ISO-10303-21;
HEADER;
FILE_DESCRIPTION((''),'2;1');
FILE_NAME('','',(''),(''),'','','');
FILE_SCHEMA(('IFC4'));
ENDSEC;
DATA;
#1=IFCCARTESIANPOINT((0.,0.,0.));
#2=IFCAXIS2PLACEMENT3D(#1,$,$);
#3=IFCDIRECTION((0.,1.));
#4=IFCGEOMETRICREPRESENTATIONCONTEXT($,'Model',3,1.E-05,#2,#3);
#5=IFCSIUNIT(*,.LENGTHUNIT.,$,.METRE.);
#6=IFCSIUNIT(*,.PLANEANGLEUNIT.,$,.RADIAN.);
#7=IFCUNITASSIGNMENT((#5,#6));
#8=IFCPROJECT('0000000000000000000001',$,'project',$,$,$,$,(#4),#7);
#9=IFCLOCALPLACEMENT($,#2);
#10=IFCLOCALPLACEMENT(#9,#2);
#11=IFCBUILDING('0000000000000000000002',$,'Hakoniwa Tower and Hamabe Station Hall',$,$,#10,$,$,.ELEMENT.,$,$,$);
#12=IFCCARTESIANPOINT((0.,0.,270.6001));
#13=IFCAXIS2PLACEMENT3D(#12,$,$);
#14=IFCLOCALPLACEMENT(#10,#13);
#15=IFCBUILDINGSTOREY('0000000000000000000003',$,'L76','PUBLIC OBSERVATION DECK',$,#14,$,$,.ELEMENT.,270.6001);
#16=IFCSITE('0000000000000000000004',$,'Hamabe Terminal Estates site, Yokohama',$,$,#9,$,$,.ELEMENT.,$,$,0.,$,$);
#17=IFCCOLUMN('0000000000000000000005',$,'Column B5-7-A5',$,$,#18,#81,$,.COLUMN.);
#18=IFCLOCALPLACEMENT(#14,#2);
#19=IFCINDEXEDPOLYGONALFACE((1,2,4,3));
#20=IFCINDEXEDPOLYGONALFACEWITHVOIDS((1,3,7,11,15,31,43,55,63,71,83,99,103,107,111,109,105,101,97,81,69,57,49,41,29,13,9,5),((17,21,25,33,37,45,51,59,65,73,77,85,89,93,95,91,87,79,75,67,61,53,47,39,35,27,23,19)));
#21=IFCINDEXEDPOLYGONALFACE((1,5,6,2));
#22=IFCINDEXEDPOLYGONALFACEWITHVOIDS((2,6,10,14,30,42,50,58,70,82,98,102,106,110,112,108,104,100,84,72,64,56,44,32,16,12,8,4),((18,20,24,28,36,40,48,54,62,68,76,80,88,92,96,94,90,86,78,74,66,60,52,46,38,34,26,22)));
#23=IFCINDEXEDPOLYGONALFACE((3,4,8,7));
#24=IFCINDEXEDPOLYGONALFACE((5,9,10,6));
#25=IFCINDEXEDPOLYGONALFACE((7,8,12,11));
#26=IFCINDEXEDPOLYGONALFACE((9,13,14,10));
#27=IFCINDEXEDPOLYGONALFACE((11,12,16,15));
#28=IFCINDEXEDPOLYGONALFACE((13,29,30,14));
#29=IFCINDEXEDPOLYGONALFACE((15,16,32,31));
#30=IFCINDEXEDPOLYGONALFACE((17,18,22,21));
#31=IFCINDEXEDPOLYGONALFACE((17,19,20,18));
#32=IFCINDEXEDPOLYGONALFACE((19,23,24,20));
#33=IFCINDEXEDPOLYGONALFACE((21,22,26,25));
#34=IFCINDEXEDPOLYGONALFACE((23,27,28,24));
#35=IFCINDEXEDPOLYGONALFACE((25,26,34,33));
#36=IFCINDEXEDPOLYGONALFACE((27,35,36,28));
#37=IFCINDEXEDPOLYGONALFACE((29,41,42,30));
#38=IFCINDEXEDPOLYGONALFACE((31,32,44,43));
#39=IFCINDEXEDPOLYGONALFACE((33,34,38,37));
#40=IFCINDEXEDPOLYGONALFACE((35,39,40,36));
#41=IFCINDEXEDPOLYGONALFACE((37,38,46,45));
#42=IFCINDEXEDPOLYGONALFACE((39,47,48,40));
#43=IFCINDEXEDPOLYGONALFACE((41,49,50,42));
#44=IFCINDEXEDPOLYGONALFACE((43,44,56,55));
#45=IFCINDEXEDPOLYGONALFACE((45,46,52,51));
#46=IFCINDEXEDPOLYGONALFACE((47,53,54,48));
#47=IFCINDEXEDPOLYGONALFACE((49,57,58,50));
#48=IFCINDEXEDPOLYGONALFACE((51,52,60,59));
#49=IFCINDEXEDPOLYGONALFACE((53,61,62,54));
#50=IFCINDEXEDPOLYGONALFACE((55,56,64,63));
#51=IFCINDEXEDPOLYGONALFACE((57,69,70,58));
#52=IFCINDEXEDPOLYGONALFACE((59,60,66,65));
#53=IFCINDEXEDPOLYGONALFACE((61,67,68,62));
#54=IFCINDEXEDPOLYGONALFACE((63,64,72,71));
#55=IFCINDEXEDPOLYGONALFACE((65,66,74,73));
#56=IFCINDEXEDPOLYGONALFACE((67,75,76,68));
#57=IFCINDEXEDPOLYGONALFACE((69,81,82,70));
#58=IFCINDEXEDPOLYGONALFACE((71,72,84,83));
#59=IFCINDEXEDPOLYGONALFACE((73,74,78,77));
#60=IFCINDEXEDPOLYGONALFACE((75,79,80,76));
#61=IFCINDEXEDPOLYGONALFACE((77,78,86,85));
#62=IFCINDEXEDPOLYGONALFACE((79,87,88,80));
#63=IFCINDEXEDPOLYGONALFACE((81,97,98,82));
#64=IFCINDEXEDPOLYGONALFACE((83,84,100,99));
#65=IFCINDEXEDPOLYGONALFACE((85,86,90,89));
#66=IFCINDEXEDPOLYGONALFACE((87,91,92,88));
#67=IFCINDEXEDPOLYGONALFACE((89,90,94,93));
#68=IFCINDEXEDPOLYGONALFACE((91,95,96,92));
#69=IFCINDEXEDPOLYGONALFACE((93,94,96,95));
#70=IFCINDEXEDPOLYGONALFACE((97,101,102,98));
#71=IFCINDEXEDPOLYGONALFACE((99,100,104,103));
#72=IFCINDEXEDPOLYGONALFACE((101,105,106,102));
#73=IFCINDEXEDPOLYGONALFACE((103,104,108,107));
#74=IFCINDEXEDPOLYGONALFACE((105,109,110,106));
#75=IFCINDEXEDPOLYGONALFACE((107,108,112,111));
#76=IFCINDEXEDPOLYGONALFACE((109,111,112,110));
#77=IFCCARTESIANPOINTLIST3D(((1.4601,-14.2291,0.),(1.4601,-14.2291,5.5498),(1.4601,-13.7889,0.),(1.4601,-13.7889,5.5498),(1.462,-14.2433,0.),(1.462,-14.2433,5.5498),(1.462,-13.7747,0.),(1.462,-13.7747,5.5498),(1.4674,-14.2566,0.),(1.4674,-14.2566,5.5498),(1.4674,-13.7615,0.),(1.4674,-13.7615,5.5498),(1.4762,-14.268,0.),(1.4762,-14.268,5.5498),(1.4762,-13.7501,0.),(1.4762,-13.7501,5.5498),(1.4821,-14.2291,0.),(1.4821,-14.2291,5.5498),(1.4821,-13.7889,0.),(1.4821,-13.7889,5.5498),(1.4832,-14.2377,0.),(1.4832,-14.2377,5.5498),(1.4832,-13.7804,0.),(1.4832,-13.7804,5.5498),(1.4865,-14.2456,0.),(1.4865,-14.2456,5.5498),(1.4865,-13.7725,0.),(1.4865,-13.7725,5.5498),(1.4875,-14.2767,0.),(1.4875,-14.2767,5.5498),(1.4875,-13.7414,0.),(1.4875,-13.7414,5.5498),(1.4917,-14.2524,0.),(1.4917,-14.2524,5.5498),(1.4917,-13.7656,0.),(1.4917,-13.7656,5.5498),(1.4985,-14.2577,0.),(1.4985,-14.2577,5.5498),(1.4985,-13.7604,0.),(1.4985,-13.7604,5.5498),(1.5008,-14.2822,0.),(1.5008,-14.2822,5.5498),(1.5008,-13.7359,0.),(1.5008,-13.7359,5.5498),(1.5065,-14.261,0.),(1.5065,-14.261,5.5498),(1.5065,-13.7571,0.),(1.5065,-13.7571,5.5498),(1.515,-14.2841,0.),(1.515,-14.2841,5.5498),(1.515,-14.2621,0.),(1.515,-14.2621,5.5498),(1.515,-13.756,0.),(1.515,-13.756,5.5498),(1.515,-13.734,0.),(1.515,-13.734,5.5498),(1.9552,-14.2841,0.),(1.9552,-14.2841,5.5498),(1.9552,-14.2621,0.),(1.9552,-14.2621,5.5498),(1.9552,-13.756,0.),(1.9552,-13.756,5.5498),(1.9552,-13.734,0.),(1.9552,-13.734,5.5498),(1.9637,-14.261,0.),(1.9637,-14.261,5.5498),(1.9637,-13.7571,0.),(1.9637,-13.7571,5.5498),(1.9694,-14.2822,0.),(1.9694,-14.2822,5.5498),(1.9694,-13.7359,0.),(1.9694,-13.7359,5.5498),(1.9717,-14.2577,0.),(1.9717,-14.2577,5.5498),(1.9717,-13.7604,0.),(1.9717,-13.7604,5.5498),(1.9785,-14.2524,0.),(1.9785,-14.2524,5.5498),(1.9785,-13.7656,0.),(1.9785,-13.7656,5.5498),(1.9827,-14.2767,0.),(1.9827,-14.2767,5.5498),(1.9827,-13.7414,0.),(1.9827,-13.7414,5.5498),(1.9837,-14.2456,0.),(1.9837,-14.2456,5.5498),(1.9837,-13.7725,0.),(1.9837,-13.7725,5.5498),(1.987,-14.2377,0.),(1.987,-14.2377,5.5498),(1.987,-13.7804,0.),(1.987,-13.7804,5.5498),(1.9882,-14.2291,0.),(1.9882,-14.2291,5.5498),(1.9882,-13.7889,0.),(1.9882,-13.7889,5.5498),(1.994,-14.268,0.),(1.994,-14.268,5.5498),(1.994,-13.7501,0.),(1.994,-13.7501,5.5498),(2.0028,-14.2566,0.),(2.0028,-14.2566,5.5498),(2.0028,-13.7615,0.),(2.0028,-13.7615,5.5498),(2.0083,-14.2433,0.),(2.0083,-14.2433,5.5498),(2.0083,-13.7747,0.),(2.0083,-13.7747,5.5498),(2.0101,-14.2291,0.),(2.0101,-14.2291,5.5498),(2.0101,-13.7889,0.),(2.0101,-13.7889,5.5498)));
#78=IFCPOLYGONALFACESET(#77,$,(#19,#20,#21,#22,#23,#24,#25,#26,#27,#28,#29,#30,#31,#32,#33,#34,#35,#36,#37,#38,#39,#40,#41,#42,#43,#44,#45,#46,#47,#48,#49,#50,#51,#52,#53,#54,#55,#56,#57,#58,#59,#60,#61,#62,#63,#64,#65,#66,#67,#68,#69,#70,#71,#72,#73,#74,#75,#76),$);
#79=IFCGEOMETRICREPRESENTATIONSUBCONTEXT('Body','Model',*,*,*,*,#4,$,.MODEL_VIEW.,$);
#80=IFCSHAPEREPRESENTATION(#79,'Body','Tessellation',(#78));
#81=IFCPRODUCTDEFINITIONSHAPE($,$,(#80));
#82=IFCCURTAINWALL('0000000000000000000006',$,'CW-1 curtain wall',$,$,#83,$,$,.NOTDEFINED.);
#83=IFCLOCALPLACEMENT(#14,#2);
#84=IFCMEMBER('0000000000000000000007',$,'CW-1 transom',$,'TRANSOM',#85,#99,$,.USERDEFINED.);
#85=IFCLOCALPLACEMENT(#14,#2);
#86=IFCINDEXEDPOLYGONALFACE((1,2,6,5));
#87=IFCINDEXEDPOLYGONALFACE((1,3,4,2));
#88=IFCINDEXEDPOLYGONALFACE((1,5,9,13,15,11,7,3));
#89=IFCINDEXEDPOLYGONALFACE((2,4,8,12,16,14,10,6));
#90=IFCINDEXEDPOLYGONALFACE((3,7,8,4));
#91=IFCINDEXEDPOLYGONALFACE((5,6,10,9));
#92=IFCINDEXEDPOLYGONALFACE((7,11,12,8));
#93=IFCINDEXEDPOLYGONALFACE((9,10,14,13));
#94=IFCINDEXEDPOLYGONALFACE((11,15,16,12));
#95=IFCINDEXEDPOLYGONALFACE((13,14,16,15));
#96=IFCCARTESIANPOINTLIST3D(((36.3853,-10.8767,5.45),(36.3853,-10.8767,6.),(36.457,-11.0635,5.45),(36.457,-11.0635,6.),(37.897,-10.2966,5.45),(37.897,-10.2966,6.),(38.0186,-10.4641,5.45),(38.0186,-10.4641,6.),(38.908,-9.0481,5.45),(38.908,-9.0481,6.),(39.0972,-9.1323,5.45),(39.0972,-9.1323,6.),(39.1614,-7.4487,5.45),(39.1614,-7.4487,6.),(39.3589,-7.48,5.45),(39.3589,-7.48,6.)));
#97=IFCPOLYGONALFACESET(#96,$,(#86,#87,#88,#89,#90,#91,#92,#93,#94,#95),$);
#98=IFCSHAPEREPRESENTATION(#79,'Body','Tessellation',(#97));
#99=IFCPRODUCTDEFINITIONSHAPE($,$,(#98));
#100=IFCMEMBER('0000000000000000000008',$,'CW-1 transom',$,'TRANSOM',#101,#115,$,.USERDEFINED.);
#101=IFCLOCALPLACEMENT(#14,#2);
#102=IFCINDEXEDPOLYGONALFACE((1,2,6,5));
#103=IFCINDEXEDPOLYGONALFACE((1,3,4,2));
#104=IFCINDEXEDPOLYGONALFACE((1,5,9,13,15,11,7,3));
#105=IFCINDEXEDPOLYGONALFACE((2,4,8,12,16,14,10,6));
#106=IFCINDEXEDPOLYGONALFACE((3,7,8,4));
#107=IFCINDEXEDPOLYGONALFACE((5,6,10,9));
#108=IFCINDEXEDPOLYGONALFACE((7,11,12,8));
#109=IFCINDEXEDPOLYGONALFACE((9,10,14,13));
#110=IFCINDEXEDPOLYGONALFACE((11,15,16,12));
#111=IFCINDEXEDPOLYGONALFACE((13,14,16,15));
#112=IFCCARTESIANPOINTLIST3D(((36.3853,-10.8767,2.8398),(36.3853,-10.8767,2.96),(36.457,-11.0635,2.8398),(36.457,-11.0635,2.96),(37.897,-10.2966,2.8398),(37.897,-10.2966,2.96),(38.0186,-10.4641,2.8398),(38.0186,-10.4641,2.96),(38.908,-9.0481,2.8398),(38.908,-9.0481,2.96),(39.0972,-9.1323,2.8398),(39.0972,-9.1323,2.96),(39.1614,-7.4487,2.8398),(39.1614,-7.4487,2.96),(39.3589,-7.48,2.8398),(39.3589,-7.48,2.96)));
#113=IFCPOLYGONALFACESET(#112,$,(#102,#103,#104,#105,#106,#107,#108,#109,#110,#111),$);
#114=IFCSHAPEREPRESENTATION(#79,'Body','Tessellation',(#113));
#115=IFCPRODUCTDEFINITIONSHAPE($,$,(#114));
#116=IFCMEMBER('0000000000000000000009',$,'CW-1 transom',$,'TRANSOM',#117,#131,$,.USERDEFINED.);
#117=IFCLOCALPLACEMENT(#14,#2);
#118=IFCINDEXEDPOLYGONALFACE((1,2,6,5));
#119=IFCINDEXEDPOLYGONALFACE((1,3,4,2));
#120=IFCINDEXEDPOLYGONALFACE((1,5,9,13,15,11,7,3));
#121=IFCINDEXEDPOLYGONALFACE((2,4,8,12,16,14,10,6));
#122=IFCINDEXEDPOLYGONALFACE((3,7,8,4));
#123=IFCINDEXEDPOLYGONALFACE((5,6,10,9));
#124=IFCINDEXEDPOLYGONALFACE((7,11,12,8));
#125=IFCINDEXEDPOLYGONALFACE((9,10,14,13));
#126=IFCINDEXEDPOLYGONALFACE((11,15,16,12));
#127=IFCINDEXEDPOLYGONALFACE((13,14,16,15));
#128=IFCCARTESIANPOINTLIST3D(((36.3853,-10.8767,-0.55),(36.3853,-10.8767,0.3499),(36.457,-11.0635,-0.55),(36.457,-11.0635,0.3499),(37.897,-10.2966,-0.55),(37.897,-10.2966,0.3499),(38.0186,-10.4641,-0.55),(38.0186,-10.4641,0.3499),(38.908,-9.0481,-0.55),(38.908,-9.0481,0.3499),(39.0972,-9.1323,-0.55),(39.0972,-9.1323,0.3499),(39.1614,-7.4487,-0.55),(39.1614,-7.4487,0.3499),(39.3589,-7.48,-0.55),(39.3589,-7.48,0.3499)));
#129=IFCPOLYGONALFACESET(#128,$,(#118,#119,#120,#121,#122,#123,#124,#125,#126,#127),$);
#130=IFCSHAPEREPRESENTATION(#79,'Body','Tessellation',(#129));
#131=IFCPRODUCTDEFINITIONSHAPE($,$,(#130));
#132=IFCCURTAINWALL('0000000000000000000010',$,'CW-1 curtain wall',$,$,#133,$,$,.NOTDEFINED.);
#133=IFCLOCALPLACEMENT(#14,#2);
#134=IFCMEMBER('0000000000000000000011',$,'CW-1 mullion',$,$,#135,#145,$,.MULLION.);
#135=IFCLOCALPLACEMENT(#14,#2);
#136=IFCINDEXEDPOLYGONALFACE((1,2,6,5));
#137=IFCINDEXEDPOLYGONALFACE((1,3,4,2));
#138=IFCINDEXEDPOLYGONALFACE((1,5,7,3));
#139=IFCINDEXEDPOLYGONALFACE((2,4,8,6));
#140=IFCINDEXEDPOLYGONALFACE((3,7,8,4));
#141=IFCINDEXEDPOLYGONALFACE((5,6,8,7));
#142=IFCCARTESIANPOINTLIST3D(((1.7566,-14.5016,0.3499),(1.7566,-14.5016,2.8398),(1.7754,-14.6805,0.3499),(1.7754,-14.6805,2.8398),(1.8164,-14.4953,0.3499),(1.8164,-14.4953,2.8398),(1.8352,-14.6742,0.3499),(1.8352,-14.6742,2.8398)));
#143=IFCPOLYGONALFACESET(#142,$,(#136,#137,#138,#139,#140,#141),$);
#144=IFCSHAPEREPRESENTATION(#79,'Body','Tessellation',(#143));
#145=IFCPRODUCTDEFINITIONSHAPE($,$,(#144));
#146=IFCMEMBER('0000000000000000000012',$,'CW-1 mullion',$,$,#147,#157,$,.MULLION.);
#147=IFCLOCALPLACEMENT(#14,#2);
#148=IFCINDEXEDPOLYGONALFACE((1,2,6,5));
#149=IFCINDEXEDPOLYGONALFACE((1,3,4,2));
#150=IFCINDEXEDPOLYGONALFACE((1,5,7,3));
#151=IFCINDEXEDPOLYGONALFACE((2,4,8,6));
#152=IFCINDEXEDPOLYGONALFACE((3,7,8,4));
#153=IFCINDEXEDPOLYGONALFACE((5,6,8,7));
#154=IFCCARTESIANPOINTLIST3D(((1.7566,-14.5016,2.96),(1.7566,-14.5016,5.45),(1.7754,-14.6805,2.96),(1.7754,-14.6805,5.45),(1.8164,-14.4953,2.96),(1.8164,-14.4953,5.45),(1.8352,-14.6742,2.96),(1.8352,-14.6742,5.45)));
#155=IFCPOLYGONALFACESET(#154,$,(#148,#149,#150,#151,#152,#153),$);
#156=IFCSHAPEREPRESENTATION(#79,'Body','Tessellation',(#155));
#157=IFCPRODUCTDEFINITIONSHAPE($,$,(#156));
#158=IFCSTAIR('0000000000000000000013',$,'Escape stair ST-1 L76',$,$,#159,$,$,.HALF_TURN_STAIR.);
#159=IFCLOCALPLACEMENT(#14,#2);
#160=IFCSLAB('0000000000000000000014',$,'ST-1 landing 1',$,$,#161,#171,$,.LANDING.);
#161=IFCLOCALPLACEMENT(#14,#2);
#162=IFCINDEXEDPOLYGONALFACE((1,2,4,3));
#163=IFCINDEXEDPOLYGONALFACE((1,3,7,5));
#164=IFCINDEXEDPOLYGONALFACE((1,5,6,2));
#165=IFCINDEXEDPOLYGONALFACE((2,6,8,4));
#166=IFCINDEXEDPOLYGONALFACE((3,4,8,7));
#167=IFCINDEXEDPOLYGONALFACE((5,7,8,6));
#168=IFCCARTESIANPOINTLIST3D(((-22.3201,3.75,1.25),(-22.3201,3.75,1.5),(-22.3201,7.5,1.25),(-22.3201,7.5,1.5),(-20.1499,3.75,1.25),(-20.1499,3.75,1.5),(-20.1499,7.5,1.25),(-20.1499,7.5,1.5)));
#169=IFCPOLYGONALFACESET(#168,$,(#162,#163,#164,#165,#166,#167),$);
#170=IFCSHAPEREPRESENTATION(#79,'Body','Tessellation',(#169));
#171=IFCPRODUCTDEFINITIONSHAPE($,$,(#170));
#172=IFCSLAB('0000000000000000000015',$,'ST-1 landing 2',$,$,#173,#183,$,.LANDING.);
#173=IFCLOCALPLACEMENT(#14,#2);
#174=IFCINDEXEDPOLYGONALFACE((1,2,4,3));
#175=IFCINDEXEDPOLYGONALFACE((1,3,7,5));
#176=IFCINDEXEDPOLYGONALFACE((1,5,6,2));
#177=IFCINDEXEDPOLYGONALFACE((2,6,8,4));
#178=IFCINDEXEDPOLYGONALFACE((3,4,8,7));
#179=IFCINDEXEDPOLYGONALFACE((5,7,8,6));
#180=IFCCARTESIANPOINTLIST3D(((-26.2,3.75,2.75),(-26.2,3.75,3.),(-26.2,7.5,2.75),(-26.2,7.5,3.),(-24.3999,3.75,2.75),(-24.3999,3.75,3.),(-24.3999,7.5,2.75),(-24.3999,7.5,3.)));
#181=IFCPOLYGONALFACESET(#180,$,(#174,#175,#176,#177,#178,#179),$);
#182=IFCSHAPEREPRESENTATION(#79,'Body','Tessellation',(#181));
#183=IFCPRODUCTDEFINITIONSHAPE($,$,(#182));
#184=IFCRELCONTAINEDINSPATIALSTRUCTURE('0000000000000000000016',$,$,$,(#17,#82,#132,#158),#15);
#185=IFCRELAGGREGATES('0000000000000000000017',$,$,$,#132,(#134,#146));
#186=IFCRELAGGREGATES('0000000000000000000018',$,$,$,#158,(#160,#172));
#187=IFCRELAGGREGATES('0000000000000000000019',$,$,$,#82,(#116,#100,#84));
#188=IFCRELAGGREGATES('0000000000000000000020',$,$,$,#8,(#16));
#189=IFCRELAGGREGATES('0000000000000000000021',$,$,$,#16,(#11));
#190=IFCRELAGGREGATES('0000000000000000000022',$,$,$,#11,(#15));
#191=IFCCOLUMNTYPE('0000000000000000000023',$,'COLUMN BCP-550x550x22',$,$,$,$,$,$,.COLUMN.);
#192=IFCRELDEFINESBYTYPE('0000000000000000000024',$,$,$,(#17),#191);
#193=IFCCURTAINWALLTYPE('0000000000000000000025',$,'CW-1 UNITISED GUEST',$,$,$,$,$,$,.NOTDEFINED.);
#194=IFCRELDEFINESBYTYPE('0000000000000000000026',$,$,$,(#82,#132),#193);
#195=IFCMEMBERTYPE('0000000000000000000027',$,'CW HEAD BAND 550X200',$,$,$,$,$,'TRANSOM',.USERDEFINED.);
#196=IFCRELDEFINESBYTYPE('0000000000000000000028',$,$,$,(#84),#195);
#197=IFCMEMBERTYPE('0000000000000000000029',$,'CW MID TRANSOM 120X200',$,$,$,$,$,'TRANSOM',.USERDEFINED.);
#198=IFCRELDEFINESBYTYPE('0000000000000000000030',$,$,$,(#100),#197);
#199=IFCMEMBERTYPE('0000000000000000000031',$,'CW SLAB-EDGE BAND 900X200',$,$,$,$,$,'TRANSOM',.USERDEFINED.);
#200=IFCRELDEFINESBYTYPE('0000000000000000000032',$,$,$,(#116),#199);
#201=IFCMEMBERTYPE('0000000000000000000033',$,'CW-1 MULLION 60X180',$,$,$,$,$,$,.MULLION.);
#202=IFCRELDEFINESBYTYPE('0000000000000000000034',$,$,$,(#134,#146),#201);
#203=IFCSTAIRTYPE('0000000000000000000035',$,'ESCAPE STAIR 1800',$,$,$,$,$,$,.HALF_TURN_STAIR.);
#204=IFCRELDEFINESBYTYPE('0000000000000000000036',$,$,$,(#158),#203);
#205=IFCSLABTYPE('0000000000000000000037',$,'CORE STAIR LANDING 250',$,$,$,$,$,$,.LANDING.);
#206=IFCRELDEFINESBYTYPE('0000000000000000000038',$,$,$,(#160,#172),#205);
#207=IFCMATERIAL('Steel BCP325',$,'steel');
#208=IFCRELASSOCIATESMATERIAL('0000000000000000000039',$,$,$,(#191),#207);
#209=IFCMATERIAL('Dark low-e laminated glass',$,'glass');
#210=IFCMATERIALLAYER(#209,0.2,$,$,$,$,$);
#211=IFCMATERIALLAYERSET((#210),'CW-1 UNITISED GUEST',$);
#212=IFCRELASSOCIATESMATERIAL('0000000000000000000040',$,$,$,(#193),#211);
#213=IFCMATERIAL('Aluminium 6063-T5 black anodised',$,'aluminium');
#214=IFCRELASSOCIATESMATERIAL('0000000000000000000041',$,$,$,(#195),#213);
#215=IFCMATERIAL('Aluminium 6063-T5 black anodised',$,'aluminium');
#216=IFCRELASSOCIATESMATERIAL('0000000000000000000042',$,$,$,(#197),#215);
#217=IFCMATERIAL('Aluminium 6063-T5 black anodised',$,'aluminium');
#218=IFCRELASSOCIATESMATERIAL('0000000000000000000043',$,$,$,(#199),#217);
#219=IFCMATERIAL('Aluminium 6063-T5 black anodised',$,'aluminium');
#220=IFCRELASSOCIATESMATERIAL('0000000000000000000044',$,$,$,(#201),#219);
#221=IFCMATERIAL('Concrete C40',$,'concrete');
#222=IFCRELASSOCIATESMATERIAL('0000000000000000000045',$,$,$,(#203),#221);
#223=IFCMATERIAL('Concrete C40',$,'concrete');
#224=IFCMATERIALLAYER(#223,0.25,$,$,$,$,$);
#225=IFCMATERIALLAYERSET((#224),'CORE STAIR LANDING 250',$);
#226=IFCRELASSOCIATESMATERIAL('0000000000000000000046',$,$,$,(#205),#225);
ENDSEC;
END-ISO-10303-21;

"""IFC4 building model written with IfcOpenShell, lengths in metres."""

from ifc_helpers import new_model, si_unit, direction, frame, origin, origin_2d, place, context, subcontext, project, spatial, polyline, rectangle, hollow_rectangle, outline, extrude, material, layer, layer_set, material_profile, profile_set, type_object, element, aggregate, save


model = new_model("IFC4")

# Units and contexts
model_context = context("Model", 3, precision=1e-05, world=origin(), true_north=direction((0.0, 1.0)))
body_context = subcontext(model_context, "Body", "Model", "MODEL_VIEW")
ifc_project = project(units=[si_unit("LENGTHUNIT", "METRE"), si_unit("PLANEANGLEUNIT", "RADIAN")], contexts=[model_context])

# Site, building, storey
site_placement = place(None, origin())
site = spatial("IfcSite", under=ifc_project, at=site_placement, Name="Hamabe Terminal Estates site, Yokohama", CompositionType="ELEMENT", RefElevation=0.0)
building_placement = place(site_placement, origin())
building = spatial("IfcBuilding", under=site, at=building_placement, Name="Hakoniwa Tower and Hamabe Station Hall", CompositionType="ELEMENT")
storey_placement = place(building_placement, frame((0.0, 0.0, 270.6001)))
storey = spatial("IfcBuildingStorey", under=building, at=storey_placement, Name="L76", Description="PUBLIC OBSERVATION DECK", CompositionType="ELEMENT", Elevation=270.6001)

# Column
ifc_material_1 = material(Name="Steel BCP325", Category="steel")
ifc_material_profile_1 = material_profile(ifc_material_1, hollow_rectangle(XDim=0.55, YDim=0.55, WallThickness=0.022, InnerFilletRadius=0.033, OuterFilletRadius=0.0549, at=origin_2d()), Name="BCP-550x550x22")
ifc_profile_set_1 = profile_set([ifc_material_profile_1], Name="Steel BCP325")
column_type = type_object("IfcColumnType", Name="COLUMN BCP-550x550x22", PredefinedType="COLUMN", material=ifc_profile_set_1)
column_placement = place(storey_placement, frame((1.7351, -14.009, 0.0), z_axis=(0.0, 0.0, 1.0), x_axis=(1.0, 0.0, 0.0)))
element("IfcColumn", 1, at=column_placement, inside=storey, type_object=column_type, Name="Column B5-7-A5", PredefinedType="COLUMN", context=body_context, shape_type="SweptSolid", body=[
    extrude(hollow_rectangle(XDim=0.55, YDim=0.55, WallThickness=0.022, InnerFilletRadius=0.033, OuterFilletRadius=0.0549, at=origin_2d()), origin(), (0.0, 0.0, 1.0), 5.5498),
])

# Curtain walls, members
ifc_material_2 = material(Name="Dark low-e laminated glass", Category="glass")
ifc_layer_1 = layer(ifc_material_2, 0.2)
ifc_layer_set_1 = layer_set([ifc_layer_1], Name="CW-1 UNITISED GUEST")
curtain_wall_type = type_object("IfcCurtainWallType", Name="CW-1 UNITISED GUEST", PredefinedType="NOTDEFINED", material=ifc_layer_set_1)
curtain_wall_1_placement = place(storey_placement, origin())
curtain_wall_1 = element("IfcCurtainWall", 2, at=curtain_wall_1_placement, inside=storey, type_object=curtain_wall_type, Name="CW-1 curtain wall", PredefinedType="NOTDEFINED")
ifc_material_3 = material(Name="Aluminium 6063-T5 black anodised", Category="aluminium")
ifc_material_profile_2 = material_profile(ifc_material_3, rectangle(XDim=0.2, YDim=0.55, at=origin_2d()), Name="CW HEAD BAND 550X200")
ifc_profile_set_2 = profile_set([ifc_material_profile_2], Name="Aluminium 6063-T5 black anodised")
member_type_1 = type_object("IfcMemberType", Name="CW HEAD BAND 550X200", ElementType="TRANSOM", PredefinedType="USERDEFINED", material=ifc_profile_set_2)
member_1_placement = place(storey_placement, frame((0.0, 0.0, 5.45)))
member_1 = element("IfcMember", 3, at=member_1_placement, type_object=member_type_1, Name="CW-1 transom", ObjectType="TRANSOM", PredefinedType="USERDEFINED", context=body_context, shape_type="SweptSolid", body=[
    extrude(outline(polyline([(36.457, -11.0635), (38.0186, -10.4641), (39.0972, -9.1323), (39.3589, -7.48), (39.1614, -7.4487), (38.908, -9.0481), (37.897, -10.2966), (36.3853, -10.8767), (36.457, -11.0635)])), origin(), (0.0, 0.0, 1.0), 0.55),
])
ifc_material_4 = material(Name="Aluminium 6063-T5 black anodised", Category="aluminium")
ifc_material_profile_3 = material_profile(ifc_material_4, rectangle(XDim=0.2, YDim=0.1201, at=origin_2d()), Name="CW MID TRANSOM 120X200")
ifc_profile_set_3 = profile_set([ifc_material_profile_3], Name="Aluminium 6063-T5 black anodised")
member_type_2 = type_object("IfcMemberType", Name="CW MID TRANSOM 120X200", ElementType="TRANSOM", PredefinedType="USERDEFINED", material=ifc_profile_set_3)
member_2_placement = place(storey_placement, frame((0.0, 0.0, 2.8398)))
member_2 = element("IfcMember", 4, at=member_2_placement, type_object=member_type_2, Name="CW-1 transom", ObjectType="TRANSOM", PredefinedType="USERDEFINED", context=body_context, shape_type="SweptSolid", body=[
    extrude(outline(polyline([(36.457, -11.0635), (38.0186, -10.4641), (39.0972, -9.1323), (39.3589, -7.48), (39.1614, -7.4487), (38.908, -9.0481), (37.897, -10.2966), (36.3853, -10.8767), (36.457, -11.0635)])), origin(), (0.0, 0.0, 1.0), 0.1201),
])
ifc_material_5 = material(Name="Aluminium 6063-T5 black anodised", Category="aluminium")
ifc_material_profile_4 = material_profile(ifc_material_5, rectangle(XDim=0.2, YDim=0.8999, at=origin_2d()), Name="CW SLAB-EDGE BAND 900X200")
ifc_profile_set_4 = profile_set([ifc_material_profile_4], Name="Aluminium 6063-T5 black anodised")
member_type_3 = type_object("IfcMemberType", Name="CW SLAB-EDGE BAND 900X200", ElementType="TRANSOM", PredefinedType="USERDEFINED", material=ifc_profile_set_4)
member_3_placement = place(storey_placement, frame((0.0, 0.0, -0.55)))
member_3 = element("IfcMember", 5, at=member_3_placement, type_object=member_type_3, Name="CW-1 transom", ObjectType="TRANSOM", PredefinedType="USERDEFINED", context=body_context, shape_type="SweptSolid", body=[
    extrude(outline(polyline([(36.457, -11.0635), (38.0186, -10.4641), (39.0972, -9.1323), (39.3589, -7.48), (39.1614, -7.4487), (38.908, -9.0481), (37.897, -10.2966), (36.3853, -10.8767), (36.457, -11.0635)])), origin(), (0.0, 0.0, 1.0), 0.8999),
])
curtain_wall_2_placement = place(storey_placement, origin())
curtain_wall_2 = element("IfcCurtainWall", 6, at=curtain_wall_2_placement, inside=storey, type_object=curtain_wall_type, Name="CW-1 curtain wall", PredefinedType="NOTDEFINED")
ifc_material_6 = material(Name="Aluminium 6063-T5 black anodised", Category="aluminium")
ifc_material_profile_5 = material_profile(ifc_material_6, rectangle(XDim=0.0601, YDim=0.1799, at=origin_2d()), Name="CW-1 MULLION 60X180")
ifc_profile_set_5 = profile_set([ifc_material_profile_5], Name="Aluminium 6063-T5 black anodised")
member_type_4 = type_object("IfcMemberType", Name="CW-1 MULLION 60X180", PredefinedType="MULLION", material=ifc_profile_set_5)
member_4_placement = place(storey_placement, frame((1.7959, -14.5879, 0.3499), z_axis=(0.0, 0.0, 1.0), x_axis=(0.994522, 0.104528, 0.0)))
member_4 = element("IfcMember", 7, at=member_4_placement, type_object=member_type_4, Name="CW-1 mullion", PredefinedType="MULLION", context=body_context, shape_type="SweptSolid", body=[
    extrude(rectangle(XDim=0.0601, YDim=0.1799, at=origin_2d()), origin(), (0.0, 0.0, 1.0), 2.49),
])
member_5_placement = place(storey_placement, frame((1.7959, -14.5879, 2.96), z_axis=(0.0, 0.0, 1.0), x_axis=(0.994522, 0.104528, 0.0)))
member_5 = element("IfcMember", 8, at=member_5_placement, type_object=member_type_4, Name="CW-1 mullion", PredefinedType="MULLION", context=body_context, shape_type="SweptSolid", body=[
    extrude(rectangle(XDim=0.0601, YDim=0.1799, at=origin_2d()), origin(), (0.0, 0.0, 1.0), 2.49),
])
aggregate(curtain_wall_2, [member_4, member_5])

# Stair, slabs
ifc_material_7 = material(Name="Concrete C40", Category="concrete")
stair_type = type_object("IfcStairType", Name="ESCAPE STAIR 1800", PredefinedType="HALF_TURN_STAIR", material=ifc_material_7)
stair_1_placement = place(storey_placement, origin())
stair_1 = element("IfcStair", 9, at=stair_1_placement, inside=storey, type_object=stair_type, Name="Escape stair ST-1 L76", PredefinedType="HALF_TURN_STAIR")
ifc_material_8 = material(Name="Concrete C40", Category="concrete")
ifc_layer_2 = layer(ifc_material_8, 0.25)
ifc_layer_set_2 = layer_set([ifc_layer_2], Name="CORE STAIR LANDING 250")
slab_type = type_object("IfcSlabType", Name="CORE STAIR LANDING 250", PredefinedType="LANDING", material=ifc_layer_set_2)
slab_1_placement = place(storey_placement, frame((0.0, 0.0, 1.25)))
slab_1 = element("IfcSlab", 10, at=slab_1_placement, type_object=slab_type, Name="ST-1 landing 1", PredefinedType="LANDING", context=body_context, shape_type="SweptSolid", body=[
    extrude(outline(polyline([(-22.3201, 3.75), (-20.1499, 3.75), (-20.1499, 7.5), (-22.3201, 7.5), (-22.3201, 3.75)])), origin(), (0.0, 0.0, 1.0), 0.25),
])
slab_2_placement = place(storey_placement, frame((0.0, 0.0, 2.75)))
slab_2 = element("IfcSlab", 11, at=slab_2_placement, type_object=slab_type, Name="ST-1 landing 2", PredefinedType="LANDING", context=body_context, shape_type="SweptSolid", body=[
    extrude(outline(polyline([(-26.2, 3.75), (-24.3999, 3.75), (-24.3999, 7.5), (-26.2, 7.5), (-26.2, 3.75)])), origin(), (0.0, 0.0, 1.0), 0.25),
])
aggregate(stair_1, [slab_1, slab_2])

aggregate(curtain_wall_1, [member_3, member_2, member_1])

save(model, "model.ifc")
